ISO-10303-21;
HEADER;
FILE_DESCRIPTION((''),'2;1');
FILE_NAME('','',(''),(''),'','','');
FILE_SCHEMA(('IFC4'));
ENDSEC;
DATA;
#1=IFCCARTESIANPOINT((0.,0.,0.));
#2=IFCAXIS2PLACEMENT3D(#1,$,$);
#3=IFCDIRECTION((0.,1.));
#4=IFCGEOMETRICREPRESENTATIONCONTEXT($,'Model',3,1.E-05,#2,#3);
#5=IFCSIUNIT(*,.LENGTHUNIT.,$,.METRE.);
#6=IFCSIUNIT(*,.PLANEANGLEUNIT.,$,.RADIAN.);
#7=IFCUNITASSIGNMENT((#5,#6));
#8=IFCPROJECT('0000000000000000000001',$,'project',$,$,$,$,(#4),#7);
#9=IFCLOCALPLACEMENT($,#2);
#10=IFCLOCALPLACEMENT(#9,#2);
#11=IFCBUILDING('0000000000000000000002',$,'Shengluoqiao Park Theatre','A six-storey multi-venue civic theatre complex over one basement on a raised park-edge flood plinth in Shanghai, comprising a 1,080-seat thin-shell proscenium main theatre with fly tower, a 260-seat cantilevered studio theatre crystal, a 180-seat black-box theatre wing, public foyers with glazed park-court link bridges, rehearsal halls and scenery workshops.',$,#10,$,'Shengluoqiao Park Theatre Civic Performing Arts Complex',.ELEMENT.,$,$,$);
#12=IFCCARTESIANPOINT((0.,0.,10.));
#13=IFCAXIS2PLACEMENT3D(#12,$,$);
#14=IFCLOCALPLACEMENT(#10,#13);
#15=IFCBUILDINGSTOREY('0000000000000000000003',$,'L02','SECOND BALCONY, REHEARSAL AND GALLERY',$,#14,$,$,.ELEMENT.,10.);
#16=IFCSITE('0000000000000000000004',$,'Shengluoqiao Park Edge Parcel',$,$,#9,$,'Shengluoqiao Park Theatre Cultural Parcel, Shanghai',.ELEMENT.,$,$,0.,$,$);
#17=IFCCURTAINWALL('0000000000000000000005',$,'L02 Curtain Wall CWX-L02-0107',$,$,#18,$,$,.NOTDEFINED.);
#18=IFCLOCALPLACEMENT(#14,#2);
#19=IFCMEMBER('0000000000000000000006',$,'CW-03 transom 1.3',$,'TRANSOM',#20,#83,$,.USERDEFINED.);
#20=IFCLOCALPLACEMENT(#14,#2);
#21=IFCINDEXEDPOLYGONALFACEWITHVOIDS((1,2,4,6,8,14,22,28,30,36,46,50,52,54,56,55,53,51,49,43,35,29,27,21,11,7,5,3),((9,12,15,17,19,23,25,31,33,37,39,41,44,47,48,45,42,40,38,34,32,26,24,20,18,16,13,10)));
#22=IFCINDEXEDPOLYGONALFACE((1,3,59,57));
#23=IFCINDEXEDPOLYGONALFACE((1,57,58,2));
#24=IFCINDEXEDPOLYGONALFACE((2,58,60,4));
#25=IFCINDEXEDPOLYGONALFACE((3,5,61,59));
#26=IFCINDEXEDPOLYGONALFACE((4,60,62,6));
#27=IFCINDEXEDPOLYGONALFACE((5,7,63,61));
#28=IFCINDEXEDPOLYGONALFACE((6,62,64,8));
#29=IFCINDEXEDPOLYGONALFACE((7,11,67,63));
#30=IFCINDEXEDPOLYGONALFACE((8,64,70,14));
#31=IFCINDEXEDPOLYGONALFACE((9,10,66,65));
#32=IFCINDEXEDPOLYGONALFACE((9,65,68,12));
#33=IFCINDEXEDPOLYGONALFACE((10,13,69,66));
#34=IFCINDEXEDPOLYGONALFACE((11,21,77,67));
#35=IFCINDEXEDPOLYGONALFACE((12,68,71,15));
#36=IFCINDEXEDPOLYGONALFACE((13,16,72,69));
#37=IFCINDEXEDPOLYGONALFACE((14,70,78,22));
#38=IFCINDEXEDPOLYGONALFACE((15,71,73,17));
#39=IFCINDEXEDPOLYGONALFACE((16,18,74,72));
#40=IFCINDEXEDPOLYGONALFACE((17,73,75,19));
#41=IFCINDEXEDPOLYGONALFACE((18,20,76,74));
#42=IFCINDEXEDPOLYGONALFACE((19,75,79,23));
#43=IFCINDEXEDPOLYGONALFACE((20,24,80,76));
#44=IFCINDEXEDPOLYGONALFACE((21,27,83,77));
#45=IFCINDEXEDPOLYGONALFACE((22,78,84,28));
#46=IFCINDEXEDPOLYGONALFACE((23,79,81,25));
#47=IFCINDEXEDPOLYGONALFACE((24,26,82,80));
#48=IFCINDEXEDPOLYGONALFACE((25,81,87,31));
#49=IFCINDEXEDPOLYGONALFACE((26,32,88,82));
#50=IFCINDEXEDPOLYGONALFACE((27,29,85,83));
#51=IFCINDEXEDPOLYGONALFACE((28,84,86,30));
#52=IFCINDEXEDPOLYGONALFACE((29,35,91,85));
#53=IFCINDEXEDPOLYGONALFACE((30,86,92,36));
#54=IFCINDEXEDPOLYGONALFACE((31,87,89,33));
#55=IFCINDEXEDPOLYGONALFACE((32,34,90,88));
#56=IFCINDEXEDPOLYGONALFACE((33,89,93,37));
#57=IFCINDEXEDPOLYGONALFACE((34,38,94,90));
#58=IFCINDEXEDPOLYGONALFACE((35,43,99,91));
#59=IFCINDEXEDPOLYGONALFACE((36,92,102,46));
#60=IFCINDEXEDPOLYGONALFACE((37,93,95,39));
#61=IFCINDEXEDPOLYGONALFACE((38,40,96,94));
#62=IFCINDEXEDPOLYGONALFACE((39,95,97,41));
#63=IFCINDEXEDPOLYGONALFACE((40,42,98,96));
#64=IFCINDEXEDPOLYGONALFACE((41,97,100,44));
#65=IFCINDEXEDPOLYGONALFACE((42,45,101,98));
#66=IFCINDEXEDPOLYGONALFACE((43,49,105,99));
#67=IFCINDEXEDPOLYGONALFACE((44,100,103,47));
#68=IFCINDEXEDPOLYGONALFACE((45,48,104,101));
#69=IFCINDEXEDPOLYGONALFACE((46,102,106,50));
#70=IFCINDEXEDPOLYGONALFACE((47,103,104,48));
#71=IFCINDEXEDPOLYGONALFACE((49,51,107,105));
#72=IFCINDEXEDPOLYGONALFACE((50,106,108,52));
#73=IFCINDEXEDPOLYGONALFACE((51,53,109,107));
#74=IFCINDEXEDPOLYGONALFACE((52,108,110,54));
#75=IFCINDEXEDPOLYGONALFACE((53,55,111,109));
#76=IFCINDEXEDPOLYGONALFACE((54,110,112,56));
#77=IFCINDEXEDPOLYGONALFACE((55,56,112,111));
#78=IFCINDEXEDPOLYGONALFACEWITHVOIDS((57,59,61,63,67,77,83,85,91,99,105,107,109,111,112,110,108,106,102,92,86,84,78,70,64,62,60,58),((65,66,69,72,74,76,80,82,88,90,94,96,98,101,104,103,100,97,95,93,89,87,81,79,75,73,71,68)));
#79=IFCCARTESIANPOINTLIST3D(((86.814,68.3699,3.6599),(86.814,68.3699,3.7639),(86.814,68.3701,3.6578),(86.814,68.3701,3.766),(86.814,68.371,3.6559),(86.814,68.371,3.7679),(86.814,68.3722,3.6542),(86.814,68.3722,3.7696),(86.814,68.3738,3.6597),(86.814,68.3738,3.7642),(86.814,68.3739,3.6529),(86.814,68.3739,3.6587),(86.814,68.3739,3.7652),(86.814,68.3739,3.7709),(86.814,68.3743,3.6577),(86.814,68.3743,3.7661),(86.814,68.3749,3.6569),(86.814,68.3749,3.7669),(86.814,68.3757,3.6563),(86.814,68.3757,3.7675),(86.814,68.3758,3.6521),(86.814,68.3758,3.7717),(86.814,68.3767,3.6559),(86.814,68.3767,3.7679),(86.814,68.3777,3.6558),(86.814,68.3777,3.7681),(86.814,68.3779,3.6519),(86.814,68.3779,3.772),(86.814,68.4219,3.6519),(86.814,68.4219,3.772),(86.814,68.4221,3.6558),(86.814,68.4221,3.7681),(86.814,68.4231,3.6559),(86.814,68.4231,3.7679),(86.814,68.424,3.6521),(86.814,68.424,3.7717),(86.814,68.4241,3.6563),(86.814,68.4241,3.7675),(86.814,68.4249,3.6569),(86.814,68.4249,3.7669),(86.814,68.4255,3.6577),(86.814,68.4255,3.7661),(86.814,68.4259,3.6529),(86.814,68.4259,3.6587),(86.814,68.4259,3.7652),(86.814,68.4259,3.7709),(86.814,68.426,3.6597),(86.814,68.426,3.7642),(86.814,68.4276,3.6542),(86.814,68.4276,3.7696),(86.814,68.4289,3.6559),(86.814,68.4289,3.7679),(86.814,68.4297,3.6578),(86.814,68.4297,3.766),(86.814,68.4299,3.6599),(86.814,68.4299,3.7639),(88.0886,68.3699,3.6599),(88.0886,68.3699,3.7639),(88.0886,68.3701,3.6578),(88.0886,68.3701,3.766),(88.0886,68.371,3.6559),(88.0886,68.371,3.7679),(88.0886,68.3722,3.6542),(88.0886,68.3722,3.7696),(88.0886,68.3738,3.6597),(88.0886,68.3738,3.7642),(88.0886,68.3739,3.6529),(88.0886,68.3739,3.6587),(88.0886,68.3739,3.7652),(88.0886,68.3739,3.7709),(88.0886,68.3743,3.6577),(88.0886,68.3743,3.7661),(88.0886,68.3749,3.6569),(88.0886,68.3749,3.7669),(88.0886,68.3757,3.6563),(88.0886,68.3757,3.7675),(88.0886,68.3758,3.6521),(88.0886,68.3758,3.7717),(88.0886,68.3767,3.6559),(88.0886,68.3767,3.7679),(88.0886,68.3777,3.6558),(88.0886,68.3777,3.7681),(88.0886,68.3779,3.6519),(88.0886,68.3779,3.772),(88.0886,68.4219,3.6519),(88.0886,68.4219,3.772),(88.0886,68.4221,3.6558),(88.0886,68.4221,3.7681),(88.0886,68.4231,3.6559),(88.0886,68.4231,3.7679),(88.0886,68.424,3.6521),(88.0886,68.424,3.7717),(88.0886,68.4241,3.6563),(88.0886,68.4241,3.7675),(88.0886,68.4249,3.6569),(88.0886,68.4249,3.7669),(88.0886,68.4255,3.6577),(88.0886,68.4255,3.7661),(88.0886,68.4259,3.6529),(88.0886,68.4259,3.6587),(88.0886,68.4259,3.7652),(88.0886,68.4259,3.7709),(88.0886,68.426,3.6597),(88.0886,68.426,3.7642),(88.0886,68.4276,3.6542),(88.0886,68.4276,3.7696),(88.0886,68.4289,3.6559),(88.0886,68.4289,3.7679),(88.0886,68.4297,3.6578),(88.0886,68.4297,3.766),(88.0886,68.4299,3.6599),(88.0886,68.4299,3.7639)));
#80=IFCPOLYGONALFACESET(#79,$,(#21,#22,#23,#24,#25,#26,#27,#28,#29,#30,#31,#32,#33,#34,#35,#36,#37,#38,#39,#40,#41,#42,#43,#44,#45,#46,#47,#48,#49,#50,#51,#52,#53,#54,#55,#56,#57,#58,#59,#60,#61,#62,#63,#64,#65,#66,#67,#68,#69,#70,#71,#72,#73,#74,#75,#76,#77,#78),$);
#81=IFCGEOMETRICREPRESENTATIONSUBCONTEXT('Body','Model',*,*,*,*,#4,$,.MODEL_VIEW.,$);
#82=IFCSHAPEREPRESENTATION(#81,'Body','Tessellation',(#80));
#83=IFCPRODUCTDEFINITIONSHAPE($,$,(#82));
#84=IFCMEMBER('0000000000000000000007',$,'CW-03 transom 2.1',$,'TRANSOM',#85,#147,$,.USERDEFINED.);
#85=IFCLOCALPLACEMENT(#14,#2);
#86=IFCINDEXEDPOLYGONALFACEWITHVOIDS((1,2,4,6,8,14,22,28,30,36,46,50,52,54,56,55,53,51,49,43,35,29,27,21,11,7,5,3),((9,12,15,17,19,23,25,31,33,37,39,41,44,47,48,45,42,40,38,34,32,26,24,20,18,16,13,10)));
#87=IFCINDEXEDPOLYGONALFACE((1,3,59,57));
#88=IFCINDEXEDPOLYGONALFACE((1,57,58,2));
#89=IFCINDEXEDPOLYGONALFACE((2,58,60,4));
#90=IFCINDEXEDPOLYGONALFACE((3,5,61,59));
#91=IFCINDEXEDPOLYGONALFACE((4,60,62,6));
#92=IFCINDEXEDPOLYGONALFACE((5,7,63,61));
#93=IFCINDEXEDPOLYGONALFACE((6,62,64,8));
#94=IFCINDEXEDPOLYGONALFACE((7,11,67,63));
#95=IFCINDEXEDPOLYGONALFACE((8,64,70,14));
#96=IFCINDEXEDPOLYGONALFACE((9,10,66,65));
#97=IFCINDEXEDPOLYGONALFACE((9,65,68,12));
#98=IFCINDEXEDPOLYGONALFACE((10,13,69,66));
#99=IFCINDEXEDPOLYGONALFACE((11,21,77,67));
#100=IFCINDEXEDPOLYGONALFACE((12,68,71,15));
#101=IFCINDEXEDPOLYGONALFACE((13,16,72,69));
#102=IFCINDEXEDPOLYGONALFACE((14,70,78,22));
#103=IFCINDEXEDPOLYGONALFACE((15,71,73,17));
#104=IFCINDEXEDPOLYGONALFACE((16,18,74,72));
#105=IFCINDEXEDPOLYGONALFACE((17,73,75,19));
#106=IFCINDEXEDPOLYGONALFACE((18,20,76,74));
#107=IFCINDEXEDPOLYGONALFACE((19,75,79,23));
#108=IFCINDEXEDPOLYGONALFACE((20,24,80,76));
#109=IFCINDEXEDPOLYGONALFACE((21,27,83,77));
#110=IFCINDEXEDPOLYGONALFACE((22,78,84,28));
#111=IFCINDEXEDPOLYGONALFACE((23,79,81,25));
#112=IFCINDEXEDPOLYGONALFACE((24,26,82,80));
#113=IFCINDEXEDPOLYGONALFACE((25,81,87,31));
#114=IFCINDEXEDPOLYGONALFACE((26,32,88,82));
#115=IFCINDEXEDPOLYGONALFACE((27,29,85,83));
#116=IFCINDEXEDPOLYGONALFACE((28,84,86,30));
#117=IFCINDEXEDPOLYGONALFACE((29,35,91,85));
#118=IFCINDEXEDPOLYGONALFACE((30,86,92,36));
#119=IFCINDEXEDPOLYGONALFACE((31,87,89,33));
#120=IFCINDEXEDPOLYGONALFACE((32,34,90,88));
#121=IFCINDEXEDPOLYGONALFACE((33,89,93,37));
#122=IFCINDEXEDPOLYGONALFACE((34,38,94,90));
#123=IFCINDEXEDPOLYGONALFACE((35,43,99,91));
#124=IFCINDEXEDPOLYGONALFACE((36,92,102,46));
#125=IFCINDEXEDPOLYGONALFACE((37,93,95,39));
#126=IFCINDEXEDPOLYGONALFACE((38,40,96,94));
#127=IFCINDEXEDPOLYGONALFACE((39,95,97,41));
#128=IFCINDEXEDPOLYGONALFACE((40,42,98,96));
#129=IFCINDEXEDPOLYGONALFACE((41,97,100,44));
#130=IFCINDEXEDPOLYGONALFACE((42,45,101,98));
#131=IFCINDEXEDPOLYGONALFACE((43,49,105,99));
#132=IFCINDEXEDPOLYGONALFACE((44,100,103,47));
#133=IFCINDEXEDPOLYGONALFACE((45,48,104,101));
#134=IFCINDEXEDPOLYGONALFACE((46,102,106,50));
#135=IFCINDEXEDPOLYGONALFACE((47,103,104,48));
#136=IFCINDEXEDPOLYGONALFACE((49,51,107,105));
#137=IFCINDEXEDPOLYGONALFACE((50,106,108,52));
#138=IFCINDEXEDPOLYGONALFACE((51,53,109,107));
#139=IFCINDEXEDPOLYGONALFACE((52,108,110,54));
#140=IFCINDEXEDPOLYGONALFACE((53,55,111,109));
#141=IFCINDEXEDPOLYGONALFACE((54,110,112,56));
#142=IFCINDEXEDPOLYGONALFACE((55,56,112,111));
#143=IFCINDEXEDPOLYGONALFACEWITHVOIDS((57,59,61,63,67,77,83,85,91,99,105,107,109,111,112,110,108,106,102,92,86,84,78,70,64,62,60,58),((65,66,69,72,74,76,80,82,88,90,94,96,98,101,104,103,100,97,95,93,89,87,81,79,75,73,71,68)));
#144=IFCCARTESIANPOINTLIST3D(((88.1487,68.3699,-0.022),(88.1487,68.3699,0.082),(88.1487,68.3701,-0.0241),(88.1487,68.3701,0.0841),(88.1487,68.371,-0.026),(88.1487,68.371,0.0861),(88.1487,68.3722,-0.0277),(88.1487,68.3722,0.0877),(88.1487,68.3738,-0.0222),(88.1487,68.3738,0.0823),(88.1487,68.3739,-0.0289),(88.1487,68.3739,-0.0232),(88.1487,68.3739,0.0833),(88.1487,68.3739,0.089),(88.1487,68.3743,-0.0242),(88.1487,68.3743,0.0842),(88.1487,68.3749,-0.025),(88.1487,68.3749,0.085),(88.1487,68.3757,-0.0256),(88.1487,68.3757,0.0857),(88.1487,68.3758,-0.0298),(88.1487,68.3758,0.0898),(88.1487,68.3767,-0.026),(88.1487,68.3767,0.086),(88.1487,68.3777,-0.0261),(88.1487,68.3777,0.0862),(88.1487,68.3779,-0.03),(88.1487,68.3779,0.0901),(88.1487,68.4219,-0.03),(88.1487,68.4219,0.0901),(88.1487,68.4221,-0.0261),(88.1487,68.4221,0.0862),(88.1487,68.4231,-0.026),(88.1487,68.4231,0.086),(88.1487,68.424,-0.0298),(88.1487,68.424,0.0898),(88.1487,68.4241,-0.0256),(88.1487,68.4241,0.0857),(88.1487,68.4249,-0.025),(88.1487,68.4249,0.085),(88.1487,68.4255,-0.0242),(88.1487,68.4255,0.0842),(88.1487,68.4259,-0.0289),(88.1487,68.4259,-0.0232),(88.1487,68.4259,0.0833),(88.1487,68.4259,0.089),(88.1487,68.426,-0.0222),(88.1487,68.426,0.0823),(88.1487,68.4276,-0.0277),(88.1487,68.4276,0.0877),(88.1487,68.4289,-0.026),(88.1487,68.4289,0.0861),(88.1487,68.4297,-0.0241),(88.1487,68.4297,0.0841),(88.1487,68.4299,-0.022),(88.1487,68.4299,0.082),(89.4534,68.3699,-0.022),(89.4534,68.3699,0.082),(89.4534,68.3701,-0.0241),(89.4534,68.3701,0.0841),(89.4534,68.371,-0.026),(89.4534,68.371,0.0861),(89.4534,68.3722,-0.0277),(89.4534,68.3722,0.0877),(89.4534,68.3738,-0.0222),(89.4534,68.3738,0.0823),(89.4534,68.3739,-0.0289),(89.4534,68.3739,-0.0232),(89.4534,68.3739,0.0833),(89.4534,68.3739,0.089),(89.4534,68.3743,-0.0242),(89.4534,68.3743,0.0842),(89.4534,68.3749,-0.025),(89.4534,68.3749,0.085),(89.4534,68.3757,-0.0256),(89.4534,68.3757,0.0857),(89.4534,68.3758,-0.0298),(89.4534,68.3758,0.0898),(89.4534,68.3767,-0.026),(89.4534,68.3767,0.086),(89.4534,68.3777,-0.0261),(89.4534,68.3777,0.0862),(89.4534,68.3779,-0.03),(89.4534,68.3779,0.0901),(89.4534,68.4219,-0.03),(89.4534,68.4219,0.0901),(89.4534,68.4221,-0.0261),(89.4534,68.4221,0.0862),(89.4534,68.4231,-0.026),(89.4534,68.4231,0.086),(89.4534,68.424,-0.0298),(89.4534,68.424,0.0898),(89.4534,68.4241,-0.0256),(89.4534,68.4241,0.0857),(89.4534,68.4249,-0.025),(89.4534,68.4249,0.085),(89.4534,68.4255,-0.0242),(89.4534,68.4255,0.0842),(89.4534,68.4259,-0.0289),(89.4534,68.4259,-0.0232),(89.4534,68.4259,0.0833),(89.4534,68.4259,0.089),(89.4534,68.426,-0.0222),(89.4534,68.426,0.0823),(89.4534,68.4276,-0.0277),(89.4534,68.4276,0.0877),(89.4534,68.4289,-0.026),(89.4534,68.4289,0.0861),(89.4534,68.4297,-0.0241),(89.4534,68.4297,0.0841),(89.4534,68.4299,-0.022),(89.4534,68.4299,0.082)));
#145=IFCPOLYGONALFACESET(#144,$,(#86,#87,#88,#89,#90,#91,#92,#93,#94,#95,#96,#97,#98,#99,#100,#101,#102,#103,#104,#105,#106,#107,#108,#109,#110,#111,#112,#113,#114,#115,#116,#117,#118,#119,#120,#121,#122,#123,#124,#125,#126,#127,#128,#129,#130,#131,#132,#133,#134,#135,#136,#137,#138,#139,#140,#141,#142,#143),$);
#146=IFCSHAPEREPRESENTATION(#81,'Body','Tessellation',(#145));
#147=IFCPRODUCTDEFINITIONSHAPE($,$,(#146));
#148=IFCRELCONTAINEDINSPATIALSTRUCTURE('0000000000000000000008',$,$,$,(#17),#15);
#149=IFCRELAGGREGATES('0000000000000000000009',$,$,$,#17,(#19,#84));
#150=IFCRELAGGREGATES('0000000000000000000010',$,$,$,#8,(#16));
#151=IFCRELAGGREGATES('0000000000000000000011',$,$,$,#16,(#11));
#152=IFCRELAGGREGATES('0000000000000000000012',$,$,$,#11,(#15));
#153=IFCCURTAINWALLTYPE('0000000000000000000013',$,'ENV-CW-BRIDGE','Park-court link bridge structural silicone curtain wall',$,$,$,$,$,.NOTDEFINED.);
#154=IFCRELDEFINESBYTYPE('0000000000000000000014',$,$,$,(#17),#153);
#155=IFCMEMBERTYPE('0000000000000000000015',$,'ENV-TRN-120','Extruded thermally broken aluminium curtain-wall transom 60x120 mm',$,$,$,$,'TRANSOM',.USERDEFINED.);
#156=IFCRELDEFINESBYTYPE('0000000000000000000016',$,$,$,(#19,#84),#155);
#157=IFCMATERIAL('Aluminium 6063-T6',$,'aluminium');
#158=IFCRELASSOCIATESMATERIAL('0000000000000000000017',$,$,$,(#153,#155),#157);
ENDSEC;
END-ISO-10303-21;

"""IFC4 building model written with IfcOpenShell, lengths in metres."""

from ifc_helpers import new_model, si_unit, direction, frame, origin, origin_2d, place, context, subcontext, project, spatial, hollow_rectangle, extrude, material, material_profile, profile_set, type_object, element, aggregate, save


model = new_model("IFC4")

# Units and contexts
model_context = context("Model", 3, precision=1e-05, world=origin(), true_north=direction((0.0, 1.0)))
body_context = subcontext(model_context, "Body", "Model", "MODEL_VIEW")
ifc_project = project(units=[si_unit("LENGTHUNIT", "METRE"), si_unit("PLANEANGLEUNIT", "RADIAN")], contexts=[model_context])

# Site, building, storey
site_placement = place(None, origin())
site = spatial("IfcSite", under=ifc_project, at=site_placement, Name="Shengluoqiao Park Edge Parcel", LongName="Shengluoqiao Park Theatre Cultural Parcel, Shanghai", CompositionType="ELEMENT", RefElevation=0.0)
building_placement = place(site_placement, origin())
building = spatial("IfcBuilding", under=site, at=building_placement, Name="Shengluoqiao Park Theatre", Description="A six-storey multi-venue civic theatre complex over one basement on a raised park-edge flood plinth in Shanghai, comprising a 1,080-seat thin-shell proscenium main theatre with fly tower, a 260-seat cantilevered studio theatre crystal, a 180-seat black-box theatre wing, public foyers with glazed park-court link bridges, rehearsal halls and scenery workshops.", LongName="Shengluoqiao Park Theatre Civic Performing Arts Complex", CompositionType="ELEMENT")
storey_placement = place(building_placement, frame((0.0, 0.0, 10.0)))
storey = spatial("IfcBuildingStorey", under=building, at=storey_placement, Name="L02", Description="SECOND BALCONY, REHEARSAL AND GALLERY", CompositionType="ELEMENT", Elevation=10.0)

# Curtain wall
ifc_material_1 = material(Name="Aluminium 6063-T6", Category="aluminium")
curtain_wall_type_1 = type_object("IfcCurtainWallType", Name="ENV-CW-BRIDGE", Description="Park-court link bridge structural silicone curtain wall", PredefinedType="NOTDEFINED", material=ifc_material_1)
curtain_wall_1_placement = place(storey_placement, origin())
curtain_wall_1 = element("IfcCurtainWall", 1, at=curtain_wall_1_placement, inside=storey, type_object=curtain_wall_type_1, Name="L02 Curtain Wall CWX-L02-0107", PredefinedType="NOTDEFINED")

# Members
ifc_material_profile_1 = material_profile(ifc_material_1, hollow_rectangle(XDim=0.0601, YDim=0.1201, WallThickness=0.0039, InnerFilletRadius=0.0039, OuterFilletRadius=0.0081, at=origin_2d()), Name="ALU TRANSOM 120x60x4")
ifc_profile_set_1 = profile_set([ifc_material_profile_1], Name="Aluminium 6063-T6")
member_type_1 = type_object("IfcMemberType", Name="ENV-TRN-120", Description="Extruded thermally broken aluminium curtain-wall transom 60x120 mm", ElementType="TRANSOM", PredefinedType="USERDEFINED", material=ifc_profile_set_1)
member_1_placement = place(storey_placement, frame((86.814, 68.3999, 3.7119), z_axis=(1.0, 0.0, 0.0), x_axis=(0.0, 1.0, 0.0)))
member_1 = element("IfcMember", 2, at=member_1_placement, type_object=member_type_1, Name="CW-03 transom 1.3", ObjectType="TRANSOM", PredefinedType="USERDEFINED", context=body_context, shape_type="SweptSolid", body=[
    extrude(hollow_rectangle(XDim=0.0601, YDim=0.1201, WallThickness=0.0039, InnerFilletRadius=0.0039, OuterFilletRadius=0.0081, at=origin_2d()), origin(), (0.0, 0.0, 1.0), 1.2747),
])
member_2_placement = place(storey_placement, frame((88.1487, 68.3999, 0.03), z_axis=(1.0, 0.0, 0.0), x_axis=(0.0, 1.0, 0.0)))
member_2 = element("IfcMember", 3, at=member_2_placement, type_object=member_type_1, Name="CW-03 transom 2.1", ObjectType="TRANSOM", PredefinedType="USERDEFINED", context=body_context, shape_type="SweptSolid", body=[
    extrude(hollow_rectangle(XDim=0.0601, YDim=0.1201, WallThickness=0.0039, InnerFilletRadius=0.0039, OuterFilletRadius=0.0081, at=origin_2d()), origin(), (0.0, 0.0, 1.0), 1.3047),
])

aggregate(curtain_wall_1, [member_1, member_2])

save(model, "model.ifc")
